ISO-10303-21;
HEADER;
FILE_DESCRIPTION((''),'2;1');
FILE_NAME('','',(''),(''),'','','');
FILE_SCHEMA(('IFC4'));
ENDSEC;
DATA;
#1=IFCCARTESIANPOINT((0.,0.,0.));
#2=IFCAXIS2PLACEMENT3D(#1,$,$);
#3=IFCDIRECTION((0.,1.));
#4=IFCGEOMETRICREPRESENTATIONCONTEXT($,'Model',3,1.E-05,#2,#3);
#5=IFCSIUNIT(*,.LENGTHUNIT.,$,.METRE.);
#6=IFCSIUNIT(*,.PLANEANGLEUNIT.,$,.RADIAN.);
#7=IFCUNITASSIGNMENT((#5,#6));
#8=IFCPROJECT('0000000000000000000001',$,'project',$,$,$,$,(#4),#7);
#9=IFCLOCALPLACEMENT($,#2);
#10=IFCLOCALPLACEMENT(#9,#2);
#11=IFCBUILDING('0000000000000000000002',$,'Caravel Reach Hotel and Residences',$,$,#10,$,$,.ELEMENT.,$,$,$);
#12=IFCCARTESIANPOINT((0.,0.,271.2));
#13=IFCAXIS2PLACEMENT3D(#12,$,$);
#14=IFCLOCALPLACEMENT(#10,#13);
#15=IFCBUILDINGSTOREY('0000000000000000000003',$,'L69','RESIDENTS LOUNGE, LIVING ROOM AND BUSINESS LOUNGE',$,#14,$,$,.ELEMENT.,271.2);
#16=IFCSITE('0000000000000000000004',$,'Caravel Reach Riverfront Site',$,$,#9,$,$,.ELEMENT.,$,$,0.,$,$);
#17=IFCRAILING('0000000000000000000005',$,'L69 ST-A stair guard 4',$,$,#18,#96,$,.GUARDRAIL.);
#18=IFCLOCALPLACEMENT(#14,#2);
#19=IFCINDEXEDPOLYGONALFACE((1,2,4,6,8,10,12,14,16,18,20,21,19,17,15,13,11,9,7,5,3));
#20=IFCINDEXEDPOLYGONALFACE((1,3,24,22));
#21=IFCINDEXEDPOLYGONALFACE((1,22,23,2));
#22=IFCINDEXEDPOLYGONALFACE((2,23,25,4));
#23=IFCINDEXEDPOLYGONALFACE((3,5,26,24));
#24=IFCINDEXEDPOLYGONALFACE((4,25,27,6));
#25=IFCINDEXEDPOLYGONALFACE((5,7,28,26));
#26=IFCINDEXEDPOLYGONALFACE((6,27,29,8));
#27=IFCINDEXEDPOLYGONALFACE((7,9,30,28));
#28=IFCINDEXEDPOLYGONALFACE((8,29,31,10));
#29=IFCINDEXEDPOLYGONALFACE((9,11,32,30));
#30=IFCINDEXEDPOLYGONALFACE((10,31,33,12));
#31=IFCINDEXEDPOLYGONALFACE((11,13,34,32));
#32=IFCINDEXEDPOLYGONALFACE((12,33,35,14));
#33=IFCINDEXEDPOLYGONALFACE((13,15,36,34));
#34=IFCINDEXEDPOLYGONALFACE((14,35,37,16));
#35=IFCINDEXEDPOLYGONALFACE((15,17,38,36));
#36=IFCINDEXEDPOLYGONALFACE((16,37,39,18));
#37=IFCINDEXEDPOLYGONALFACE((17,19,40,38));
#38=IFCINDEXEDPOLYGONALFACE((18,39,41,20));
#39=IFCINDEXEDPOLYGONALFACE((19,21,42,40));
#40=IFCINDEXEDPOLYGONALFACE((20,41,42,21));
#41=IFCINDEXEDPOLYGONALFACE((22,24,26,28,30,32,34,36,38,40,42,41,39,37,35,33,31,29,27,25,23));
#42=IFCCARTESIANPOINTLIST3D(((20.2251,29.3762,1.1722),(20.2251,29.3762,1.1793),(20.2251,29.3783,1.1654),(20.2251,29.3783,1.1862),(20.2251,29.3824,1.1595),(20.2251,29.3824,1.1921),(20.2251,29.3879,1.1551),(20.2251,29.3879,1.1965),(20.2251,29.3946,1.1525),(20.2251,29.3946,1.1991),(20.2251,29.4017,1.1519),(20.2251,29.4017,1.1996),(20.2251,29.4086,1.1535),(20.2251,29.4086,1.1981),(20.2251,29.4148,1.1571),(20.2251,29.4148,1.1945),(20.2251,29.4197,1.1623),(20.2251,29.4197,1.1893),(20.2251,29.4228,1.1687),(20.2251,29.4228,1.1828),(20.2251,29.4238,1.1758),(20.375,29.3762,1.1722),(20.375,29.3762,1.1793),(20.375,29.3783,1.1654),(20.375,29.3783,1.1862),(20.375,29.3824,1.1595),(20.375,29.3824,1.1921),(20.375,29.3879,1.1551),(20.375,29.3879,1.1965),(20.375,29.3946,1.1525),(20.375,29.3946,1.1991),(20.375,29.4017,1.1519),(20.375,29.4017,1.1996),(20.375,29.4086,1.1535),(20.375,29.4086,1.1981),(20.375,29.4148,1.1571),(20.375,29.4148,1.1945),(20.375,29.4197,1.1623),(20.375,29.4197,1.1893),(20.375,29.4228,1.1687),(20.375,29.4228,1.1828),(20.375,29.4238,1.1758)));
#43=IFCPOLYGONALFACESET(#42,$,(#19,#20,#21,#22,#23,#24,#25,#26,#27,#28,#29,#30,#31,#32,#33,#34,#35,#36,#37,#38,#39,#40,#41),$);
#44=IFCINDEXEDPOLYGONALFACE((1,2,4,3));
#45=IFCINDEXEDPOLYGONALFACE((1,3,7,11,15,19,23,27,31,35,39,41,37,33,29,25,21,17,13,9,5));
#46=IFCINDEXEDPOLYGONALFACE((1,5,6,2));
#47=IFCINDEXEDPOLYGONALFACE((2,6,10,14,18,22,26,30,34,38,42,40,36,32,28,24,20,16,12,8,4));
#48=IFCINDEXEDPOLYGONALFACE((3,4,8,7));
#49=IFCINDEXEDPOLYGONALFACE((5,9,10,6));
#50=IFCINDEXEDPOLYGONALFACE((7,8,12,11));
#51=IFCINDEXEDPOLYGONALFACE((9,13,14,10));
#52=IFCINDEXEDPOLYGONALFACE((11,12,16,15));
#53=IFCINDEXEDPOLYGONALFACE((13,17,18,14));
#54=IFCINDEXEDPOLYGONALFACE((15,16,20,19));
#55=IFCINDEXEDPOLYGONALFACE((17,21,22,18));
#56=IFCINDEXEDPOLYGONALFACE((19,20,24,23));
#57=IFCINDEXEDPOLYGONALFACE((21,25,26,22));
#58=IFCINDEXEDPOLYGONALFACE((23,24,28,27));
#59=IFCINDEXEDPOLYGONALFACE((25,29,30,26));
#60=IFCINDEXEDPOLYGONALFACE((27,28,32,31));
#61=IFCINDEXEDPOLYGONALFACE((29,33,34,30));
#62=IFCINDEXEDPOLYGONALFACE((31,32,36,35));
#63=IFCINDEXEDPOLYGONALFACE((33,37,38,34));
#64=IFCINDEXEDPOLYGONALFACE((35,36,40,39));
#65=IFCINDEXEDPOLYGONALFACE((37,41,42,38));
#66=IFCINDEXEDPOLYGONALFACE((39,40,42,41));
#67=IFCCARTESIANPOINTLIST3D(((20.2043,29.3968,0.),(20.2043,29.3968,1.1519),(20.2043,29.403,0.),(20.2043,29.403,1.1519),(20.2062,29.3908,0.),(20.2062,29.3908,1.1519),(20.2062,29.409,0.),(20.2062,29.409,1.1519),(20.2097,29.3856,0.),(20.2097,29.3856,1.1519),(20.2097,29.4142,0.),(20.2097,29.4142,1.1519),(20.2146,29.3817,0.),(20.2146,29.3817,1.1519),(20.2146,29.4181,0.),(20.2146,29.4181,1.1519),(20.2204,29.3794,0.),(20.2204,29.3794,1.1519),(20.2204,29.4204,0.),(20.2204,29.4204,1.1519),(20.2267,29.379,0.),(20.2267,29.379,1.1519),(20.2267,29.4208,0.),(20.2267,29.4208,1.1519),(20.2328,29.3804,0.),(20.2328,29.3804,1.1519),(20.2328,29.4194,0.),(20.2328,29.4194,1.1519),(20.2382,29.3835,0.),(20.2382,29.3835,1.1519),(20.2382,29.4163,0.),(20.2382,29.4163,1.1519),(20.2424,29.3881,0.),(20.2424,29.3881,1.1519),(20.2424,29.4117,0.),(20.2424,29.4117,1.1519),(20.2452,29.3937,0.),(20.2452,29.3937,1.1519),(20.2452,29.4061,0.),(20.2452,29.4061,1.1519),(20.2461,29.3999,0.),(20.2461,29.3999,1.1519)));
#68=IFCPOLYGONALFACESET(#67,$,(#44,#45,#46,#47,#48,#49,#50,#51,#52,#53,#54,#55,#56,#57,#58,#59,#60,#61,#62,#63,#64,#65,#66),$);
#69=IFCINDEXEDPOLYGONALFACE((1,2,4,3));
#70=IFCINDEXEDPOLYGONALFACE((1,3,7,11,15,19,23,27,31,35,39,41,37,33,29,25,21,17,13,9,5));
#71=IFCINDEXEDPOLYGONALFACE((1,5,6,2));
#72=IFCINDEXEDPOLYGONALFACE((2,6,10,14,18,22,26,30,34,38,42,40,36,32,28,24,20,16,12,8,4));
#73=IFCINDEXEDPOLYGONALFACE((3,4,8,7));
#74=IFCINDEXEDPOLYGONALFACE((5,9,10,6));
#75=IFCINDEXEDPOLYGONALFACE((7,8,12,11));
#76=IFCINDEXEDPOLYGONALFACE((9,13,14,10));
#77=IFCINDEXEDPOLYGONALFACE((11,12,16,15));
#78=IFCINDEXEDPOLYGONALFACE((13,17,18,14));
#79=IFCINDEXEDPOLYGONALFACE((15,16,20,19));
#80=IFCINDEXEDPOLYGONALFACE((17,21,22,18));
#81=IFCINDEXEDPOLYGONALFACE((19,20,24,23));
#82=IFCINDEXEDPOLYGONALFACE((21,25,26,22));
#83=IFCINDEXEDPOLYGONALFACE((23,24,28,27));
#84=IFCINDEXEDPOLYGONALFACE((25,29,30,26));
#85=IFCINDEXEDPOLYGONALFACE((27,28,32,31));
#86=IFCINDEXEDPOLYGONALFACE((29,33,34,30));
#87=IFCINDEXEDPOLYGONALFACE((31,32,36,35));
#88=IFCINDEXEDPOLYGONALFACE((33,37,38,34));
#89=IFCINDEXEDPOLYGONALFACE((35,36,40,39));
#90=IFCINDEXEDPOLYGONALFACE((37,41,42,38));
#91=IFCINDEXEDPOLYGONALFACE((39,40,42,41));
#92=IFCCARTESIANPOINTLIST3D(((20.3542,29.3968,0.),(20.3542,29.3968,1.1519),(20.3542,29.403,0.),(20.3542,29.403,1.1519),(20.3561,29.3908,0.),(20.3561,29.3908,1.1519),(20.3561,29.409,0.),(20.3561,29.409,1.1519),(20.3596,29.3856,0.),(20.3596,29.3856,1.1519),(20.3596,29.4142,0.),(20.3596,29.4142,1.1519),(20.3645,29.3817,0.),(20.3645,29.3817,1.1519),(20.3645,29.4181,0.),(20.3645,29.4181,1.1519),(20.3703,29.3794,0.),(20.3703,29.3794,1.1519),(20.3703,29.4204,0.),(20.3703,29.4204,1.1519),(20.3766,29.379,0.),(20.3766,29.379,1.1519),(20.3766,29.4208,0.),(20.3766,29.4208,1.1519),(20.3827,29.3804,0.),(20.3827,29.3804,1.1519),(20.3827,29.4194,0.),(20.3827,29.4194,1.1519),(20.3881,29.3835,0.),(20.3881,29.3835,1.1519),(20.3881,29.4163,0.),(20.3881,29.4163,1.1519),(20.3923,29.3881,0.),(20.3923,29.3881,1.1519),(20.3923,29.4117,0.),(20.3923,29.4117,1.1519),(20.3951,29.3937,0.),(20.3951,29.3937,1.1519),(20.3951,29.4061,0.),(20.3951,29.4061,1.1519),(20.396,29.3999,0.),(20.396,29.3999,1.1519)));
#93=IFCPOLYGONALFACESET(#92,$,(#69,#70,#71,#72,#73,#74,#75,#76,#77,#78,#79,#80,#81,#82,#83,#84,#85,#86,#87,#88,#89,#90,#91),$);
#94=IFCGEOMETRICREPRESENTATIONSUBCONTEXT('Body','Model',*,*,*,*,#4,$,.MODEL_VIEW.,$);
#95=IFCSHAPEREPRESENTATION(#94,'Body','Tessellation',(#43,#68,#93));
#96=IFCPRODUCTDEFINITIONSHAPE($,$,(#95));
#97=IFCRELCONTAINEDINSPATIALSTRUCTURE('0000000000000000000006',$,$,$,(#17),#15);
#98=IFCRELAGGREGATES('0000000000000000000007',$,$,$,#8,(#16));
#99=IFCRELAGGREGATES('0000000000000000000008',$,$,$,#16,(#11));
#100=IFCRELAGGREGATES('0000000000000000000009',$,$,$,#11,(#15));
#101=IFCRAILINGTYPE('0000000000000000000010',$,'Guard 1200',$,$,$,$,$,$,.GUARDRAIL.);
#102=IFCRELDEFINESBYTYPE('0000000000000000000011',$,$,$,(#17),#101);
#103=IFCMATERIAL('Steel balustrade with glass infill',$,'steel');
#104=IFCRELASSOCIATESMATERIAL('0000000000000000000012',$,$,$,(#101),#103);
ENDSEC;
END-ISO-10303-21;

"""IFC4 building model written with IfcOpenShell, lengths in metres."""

from ifc_helpers import new_model, si_unit, direction, frame, origin, origin_2d, place, context, subcontext, project, spatial, circle, extrude, material, type_object, element, save


model = new_model("IFC4")

# Units and contexts
model_context = context("Model", 3, precision=1e-05, world=origin(), true_north=direction((0.0, 1.0)))
body_context = subcontext(model_context, "Body", "Model", "MODEL_VIEW")
ifc_project = project(units=[si_unit("LENGTHUNIT", "METRE"), si_unit("PLANEANGLEUNIT", "RADIAN")], contexts=[model_context])

# Site, building, storey
site_placement = place(None, origin())
site = spatial("IfcSite", under=ifc_project, at=site_placement, Name="Caravel Reach Riverfront Site", CompositionType="ELEMENT", RefElevation=0.0)
building_placement = place(site_placement, origin())
building = spatial("IfcBuilding", under=site, at=building_placement, Name="Caravel Reach Hotel and Residences", CompositionType="ELEMENT")
storey_placement = place(building_placement, frame((0.0, 0.0, 271.2)))
storey = spatial("IfcBuildingStorey", under=building, at=storey_placement, Name="L69", Description="RESIDENTS LOUNGE, LIVING ROOM AND BUSINESS LOUNGE", CompositionType="ELEMENT", Elevation=271.2)

# Railing
ifc_material_1 = material(Name="Steel balustrade with glass infill", Category="steel")
railing_type_1 = type_object("IfcRailingType", Name="Guard 1200", PredefinedType="GUARDRAIL", material=ifc_material_1)
railing_1_placement = place(storey_placement, frame((20.2251, 29.3999, 0.0)))
element("IfcRailing", 1, at=railing_1_placement, inside=storey, type_object=railing_type_1, Name="L69 ST-A stair guard 4", PredefinedType="GUARDRAIL", context=body_context, shape_type="SweptSolid", body=[
    extrude(circle(Radius=0.0239, at=origin_2d()), frame((0.0, 0.0, 1.1758), z_axis=(1.0, 0.0, 0.0), x_axis=(0.0, 1.0, 0.0)), (0.0, 0.0, 1.0), 0.1499),
    extrude(circle(Radius=0.021, at=origin_2d()), origin(), (0.0, 0.0, 1.0), 1.1519),
    extrude(circle(Radius=0.021, at=origin_2d()), frame((0.1499, 0.0, 0.0)), (0.0, 0.0, 1.0), 1.1519),
])

save(model, "model.ifc")
